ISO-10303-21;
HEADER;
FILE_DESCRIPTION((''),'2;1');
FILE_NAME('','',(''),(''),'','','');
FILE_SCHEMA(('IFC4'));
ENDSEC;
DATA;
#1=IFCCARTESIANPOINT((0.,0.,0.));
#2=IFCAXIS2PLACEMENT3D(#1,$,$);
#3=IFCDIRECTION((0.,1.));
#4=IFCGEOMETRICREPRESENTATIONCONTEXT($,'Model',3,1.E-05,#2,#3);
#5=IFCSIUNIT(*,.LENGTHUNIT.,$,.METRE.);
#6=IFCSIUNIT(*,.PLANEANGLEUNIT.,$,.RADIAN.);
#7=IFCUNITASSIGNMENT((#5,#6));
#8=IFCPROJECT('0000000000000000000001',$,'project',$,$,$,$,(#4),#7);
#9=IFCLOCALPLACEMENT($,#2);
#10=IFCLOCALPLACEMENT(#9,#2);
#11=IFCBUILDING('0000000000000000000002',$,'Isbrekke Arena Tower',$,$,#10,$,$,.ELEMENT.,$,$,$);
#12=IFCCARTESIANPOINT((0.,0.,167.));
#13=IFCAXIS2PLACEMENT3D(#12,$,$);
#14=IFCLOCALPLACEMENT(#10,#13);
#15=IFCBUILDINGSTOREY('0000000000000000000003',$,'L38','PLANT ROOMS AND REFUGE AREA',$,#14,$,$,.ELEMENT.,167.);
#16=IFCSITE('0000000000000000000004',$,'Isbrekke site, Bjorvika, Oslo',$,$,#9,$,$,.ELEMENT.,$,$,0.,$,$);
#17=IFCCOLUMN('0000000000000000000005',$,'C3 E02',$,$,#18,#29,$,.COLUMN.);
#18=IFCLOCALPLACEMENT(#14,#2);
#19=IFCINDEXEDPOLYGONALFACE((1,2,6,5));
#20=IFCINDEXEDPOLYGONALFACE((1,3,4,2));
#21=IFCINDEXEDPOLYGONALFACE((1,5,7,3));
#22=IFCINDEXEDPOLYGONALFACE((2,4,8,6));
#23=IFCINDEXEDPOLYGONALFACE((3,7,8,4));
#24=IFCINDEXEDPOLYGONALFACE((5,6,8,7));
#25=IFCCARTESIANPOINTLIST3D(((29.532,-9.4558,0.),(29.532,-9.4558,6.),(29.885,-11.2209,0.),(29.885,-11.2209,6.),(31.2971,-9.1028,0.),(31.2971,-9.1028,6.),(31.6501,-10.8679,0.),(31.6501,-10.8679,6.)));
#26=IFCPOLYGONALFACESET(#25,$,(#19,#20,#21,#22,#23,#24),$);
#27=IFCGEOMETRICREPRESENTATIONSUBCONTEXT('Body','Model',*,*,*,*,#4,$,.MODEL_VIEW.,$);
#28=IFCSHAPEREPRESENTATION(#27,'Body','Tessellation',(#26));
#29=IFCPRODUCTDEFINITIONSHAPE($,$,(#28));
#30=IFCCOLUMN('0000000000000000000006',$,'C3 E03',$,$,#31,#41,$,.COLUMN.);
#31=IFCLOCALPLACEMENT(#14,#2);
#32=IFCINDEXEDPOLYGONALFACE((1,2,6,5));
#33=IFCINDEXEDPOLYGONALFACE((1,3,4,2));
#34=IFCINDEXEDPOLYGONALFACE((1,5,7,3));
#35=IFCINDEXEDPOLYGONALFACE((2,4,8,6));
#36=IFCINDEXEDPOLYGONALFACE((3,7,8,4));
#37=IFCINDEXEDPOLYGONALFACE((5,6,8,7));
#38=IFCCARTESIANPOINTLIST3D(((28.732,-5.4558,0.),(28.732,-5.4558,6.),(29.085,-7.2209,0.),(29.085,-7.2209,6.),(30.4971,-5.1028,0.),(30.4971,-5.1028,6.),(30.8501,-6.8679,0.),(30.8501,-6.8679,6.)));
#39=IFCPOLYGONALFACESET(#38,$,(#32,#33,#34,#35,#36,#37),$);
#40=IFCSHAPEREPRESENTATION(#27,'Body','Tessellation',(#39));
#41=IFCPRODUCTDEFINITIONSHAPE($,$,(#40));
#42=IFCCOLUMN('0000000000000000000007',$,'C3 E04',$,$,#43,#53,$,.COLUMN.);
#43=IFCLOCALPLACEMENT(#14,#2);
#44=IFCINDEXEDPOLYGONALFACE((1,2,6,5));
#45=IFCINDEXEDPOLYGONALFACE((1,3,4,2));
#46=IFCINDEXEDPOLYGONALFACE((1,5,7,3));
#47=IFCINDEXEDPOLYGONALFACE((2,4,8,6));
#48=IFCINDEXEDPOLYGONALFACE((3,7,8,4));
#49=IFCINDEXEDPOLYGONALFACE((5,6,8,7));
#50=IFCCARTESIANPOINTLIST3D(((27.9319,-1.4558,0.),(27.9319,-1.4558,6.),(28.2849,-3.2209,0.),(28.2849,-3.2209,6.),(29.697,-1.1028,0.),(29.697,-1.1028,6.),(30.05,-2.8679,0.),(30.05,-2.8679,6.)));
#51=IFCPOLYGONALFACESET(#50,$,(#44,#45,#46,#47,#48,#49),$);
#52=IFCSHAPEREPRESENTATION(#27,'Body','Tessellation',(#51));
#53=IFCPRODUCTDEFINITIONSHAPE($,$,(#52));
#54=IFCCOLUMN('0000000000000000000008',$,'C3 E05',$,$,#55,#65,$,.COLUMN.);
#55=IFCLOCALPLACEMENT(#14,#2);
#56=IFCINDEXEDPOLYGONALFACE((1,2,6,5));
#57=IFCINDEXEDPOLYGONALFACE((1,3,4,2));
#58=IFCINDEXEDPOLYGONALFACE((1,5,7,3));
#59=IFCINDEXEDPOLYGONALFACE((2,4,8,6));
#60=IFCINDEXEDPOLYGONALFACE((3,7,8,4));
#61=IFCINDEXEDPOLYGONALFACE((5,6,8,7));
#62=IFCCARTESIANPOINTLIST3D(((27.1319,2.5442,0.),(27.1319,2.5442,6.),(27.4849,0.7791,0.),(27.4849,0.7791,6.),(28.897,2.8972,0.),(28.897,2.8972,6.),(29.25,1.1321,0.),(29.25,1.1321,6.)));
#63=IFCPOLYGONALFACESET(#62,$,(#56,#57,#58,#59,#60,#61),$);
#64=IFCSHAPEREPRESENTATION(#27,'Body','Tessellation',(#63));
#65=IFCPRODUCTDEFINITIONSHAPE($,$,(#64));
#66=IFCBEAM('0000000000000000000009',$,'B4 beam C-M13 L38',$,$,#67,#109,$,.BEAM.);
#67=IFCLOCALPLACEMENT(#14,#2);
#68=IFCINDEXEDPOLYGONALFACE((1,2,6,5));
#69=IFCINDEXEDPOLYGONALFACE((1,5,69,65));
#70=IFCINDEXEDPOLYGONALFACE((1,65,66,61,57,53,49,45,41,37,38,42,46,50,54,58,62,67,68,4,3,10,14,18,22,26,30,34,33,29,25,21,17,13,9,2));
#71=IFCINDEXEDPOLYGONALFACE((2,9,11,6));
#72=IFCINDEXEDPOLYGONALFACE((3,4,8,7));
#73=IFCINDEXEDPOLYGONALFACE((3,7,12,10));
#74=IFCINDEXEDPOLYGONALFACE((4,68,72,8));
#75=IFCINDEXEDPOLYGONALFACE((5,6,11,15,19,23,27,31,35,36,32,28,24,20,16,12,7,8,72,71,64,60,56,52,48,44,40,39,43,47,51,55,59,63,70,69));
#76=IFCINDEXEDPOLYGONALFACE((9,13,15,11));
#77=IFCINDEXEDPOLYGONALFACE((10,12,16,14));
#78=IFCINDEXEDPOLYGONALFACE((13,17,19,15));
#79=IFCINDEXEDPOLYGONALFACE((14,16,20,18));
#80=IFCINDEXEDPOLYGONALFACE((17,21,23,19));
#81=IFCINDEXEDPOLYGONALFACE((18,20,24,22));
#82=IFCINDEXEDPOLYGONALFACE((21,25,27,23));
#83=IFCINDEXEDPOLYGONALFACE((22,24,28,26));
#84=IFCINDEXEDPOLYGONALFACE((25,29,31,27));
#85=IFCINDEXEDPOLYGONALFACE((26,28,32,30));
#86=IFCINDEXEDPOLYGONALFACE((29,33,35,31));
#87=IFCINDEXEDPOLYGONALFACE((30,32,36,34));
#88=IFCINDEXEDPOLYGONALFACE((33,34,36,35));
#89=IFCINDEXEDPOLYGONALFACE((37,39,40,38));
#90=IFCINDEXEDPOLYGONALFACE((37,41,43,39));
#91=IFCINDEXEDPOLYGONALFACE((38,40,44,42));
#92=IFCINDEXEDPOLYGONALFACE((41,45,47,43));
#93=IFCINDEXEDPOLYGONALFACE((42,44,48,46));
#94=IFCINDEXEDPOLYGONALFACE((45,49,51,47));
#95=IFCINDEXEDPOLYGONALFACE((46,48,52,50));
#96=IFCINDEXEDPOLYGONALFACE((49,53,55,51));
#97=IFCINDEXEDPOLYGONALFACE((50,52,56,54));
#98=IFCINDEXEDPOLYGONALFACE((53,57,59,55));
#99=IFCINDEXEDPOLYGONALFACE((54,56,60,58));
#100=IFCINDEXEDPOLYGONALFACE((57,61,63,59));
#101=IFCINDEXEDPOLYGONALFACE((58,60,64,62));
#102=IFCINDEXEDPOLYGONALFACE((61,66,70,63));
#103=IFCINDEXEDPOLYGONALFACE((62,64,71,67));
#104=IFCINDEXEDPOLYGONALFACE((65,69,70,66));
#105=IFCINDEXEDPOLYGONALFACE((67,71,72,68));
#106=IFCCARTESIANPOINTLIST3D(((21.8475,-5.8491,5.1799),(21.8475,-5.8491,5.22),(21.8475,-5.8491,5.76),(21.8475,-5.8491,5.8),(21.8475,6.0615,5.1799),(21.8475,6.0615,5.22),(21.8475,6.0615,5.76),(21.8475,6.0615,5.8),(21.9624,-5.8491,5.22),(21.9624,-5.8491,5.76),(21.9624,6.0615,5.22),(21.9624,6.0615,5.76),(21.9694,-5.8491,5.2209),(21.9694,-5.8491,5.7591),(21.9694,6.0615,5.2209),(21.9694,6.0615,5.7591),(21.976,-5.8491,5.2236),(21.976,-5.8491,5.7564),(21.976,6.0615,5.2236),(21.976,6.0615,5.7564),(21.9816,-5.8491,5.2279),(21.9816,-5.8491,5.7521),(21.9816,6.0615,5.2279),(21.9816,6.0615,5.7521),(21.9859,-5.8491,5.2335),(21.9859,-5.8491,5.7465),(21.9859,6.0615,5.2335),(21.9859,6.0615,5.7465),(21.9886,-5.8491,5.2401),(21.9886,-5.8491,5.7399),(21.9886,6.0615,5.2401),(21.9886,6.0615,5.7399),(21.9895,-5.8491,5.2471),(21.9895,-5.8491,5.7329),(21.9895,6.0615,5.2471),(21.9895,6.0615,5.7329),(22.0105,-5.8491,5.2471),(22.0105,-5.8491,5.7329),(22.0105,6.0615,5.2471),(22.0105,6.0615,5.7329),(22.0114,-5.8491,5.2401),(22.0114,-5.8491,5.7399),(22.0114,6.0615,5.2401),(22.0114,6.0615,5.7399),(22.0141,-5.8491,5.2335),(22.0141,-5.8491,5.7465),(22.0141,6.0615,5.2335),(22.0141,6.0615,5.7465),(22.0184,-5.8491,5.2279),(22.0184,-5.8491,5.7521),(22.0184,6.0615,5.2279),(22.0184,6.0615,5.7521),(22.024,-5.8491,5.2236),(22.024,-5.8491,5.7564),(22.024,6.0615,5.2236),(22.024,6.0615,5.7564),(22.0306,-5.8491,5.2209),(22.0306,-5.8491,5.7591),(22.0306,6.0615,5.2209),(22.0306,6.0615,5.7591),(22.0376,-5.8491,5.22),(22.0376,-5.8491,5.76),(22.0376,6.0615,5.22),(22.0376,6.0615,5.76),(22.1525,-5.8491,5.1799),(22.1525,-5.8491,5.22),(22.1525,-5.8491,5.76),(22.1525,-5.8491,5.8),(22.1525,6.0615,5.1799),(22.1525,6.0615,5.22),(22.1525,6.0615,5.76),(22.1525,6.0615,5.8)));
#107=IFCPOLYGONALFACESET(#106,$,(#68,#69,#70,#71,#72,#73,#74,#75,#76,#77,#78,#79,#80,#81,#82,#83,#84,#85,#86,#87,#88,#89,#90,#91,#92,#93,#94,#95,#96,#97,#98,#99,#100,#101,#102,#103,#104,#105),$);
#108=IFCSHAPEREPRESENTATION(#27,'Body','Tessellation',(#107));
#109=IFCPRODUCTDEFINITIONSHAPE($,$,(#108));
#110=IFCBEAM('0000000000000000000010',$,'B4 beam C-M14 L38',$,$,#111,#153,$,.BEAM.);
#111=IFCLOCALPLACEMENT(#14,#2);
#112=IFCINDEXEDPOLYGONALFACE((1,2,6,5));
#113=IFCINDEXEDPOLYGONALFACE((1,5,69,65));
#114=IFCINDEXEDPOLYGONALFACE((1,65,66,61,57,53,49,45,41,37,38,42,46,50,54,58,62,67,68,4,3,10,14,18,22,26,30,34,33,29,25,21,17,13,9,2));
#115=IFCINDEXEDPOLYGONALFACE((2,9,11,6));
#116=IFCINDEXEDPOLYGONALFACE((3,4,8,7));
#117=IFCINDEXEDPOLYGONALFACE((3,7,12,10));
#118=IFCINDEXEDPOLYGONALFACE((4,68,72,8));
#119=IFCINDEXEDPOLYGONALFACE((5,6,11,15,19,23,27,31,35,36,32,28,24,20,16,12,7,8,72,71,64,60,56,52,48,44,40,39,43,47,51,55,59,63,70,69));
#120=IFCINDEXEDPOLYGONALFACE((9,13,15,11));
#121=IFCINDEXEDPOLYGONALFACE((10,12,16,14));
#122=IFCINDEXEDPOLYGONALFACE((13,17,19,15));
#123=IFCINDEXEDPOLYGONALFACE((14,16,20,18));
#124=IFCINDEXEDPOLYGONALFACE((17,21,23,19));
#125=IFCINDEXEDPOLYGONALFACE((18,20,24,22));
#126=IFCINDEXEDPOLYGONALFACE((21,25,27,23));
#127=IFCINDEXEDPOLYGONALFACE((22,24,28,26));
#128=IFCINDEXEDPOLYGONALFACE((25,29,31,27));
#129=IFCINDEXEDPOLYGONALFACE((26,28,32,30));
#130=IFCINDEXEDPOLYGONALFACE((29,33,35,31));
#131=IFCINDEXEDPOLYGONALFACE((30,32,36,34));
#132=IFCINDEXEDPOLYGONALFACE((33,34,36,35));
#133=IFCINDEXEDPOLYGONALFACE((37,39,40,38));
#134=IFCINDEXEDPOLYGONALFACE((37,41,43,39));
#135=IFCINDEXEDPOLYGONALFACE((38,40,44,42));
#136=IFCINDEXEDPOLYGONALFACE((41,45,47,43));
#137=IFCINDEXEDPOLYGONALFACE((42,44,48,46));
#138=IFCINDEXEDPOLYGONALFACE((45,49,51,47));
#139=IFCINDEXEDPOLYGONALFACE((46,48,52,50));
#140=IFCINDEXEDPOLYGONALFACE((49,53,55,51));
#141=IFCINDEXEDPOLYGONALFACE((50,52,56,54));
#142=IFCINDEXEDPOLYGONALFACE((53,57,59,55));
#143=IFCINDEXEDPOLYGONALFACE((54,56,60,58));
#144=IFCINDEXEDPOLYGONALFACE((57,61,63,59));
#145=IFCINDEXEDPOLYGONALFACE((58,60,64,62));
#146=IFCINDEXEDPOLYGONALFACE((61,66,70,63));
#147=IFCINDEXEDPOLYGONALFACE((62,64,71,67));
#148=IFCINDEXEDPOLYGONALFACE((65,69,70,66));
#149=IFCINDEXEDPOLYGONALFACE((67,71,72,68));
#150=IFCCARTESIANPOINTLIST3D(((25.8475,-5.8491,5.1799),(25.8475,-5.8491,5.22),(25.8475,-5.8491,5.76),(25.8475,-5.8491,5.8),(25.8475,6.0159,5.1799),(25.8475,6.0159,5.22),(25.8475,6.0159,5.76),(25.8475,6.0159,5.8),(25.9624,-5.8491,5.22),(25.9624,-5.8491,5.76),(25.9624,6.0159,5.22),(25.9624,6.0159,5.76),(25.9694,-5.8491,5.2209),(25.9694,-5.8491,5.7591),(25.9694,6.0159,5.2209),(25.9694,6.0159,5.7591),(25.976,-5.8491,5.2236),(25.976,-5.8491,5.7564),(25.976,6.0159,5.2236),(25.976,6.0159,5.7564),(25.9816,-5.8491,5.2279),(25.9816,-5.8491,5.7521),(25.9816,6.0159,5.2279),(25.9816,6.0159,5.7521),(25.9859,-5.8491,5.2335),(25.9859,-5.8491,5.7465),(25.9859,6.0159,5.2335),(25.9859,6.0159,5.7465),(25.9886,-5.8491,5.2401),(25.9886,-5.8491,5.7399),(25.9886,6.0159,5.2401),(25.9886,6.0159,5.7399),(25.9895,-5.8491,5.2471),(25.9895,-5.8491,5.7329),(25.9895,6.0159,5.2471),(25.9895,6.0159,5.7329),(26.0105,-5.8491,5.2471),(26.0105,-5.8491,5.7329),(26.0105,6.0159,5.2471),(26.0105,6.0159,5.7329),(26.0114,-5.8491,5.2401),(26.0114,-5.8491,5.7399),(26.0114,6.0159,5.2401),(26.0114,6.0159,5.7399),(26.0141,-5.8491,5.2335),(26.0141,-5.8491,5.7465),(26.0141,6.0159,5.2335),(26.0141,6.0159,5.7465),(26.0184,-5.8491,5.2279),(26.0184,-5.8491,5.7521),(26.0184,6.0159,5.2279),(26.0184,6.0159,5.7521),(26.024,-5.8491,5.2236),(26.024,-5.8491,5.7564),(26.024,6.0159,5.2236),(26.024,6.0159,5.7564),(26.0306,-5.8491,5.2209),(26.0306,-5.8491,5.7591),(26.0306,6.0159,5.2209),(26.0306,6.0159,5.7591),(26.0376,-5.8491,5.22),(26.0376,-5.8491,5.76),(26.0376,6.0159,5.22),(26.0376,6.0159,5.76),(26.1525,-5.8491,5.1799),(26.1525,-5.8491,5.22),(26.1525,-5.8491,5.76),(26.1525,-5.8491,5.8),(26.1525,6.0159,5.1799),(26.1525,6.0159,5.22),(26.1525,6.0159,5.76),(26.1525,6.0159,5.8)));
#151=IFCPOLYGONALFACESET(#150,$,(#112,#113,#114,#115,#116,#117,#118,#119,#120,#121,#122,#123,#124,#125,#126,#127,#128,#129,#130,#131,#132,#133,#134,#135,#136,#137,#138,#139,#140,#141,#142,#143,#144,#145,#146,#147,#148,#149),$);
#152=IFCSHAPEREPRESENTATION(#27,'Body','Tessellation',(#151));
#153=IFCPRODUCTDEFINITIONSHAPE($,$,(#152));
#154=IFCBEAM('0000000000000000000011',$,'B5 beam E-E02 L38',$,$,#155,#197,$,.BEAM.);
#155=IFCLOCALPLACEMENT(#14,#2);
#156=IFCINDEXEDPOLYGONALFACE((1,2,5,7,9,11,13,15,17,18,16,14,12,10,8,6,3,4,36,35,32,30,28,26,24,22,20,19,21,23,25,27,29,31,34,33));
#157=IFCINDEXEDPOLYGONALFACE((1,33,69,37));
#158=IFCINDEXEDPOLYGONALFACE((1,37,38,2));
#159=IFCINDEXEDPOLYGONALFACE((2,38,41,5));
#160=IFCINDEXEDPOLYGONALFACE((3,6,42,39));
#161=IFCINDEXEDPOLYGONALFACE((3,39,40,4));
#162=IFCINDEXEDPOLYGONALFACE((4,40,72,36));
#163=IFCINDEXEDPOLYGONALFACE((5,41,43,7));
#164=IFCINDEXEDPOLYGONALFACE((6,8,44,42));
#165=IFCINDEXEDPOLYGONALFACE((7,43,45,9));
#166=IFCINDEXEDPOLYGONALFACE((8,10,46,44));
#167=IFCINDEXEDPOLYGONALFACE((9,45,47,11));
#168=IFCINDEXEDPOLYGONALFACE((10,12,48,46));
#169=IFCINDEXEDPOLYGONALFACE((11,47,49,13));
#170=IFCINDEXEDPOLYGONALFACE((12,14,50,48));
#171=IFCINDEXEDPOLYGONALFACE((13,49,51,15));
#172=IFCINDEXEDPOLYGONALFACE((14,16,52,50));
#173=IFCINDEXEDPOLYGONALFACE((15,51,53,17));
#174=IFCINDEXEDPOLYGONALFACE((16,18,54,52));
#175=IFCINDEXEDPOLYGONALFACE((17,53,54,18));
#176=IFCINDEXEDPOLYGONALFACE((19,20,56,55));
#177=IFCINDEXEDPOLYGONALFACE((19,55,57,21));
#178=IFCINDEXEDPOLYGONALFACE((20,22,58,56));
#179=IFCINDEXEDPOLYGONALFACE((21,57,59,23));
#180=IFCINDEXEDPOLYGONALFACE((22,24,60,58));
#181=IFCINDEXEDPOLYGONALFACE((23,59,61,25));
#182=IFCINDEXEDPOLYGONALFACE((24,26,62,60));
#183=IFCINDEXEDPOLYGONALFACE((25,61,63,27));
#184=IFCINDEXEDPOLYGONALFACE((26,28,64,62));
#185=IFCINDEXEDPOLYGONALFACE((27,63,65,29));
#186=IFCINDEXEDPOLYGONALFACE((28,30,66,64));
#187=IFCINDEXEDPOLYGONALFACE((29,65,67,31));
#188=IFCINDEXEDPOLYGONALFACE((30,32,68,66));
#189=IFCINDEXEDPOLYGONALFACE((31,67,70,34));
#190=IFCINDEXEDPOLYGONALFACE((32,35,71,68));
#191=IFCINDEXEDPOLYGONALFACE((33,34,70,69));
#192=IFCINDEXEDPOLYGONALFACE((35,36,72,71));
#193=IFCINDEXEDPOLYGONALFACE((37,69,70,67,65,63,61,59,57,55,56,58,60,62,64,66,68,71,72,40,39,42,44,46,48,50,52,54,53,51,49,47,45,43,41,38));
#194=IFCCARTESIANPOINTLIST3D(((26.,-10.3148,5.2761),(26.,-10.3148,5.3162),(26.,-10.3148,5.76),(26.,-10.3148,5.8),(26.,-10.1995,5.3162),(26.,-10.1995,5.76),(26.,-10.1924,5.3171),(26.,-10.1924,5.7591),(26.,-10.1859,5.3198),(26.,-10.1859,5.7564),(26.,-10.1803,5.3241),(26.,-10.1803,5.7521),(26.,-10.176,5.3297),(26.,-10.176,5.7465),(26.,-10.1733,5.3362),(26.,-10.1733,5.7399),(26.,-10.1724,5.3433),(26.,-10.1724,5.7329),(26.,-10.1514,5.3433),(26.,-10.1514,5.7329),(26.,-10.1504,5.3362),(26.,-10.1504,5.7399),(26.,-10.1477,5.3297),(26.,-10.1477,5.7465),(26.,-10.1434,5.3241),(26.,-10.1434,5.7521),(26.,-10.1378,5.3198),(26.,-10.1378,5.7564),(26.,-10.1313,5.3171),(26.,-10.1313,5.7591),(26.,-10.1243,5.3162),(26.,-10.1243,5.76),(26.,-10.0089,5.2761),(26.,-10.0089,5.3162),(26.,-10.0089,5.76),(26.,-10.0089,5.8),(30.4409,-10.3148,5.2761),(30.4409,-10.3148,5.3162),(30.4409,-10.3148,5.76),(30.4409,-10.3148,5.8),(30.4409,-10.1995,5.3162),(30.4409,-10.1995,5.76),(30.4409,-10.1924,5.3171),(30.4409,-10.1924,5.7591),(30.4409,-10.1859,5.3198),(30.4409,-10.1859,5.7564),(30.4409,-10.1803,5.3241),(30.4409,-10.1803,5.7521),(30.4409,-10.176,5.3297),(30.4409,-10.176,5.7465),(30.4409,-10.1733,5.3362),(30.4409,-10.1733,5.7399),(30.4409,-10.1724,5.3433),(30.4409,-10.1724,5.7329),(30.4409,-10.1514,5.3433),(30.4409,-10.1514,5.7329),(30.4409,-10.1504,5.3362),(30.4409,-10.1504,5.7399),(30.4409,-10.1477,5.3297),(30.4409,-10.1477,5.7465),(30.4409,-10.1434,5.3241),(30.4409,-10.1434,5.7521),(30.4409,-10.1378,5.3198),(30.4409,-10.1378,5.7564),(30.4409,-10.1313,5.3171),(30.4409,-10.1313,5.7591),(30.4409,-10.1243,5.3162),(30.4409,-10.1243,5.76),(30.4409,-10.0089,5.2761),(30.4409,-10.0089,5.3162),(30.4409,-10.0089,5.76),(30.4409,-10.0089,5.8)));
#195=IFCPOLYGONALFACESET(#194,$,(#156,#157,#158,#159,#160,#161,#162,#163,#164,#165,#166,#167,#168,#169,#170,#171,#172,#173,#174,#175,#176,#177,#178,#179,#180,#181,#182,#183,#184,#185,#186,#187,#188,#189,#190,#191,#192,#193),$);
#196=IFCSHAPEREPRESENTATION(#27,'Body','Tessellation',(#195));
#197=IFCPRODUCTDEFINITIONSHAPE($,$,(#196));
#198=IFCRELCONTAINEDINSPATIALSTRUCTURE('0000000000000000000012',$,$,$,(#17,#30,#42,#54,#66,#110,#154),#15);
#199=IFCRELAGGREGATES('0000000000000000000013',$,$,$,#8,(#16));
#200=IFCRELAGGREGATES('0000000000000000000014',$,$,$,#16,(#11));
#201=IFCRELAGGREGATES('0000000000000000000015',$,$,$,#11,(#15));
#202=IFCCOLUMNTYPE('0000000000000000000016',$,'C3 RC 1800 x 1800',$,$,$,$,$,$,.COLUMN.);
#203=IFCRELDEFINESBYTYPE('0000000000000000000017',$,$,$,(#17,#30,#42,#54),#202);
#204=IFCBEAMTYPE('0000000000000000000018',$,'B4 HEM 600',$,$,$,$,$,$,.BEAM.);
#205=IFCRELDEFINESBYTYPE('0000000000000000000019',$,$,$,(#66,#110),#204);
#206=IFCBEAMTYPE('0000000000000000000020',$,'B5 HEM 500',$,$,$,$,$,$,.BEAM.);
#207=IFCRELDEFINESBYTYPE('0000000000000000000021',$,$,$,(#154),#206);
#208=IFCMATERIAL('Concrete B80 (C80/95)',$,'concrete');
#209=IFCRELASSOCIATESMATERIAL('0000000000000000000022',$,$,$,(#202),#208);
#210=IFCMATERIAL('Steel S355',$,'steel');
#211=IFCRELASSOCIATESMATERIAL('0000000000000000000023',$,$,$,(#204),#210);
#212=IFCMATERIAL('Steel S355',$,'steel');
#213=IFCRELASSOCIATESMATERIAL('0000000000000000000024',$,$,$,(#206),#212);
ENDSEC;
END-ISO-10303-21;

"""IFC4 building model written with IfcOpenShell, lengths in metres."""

from ifc_helpers import new_model, si_unit, direction, frame, origin, origin_2d, place, context, subcontext, project, spatial, rectangle, i_section, extrude, material, material_profile, profile_set, type_object, element, save


model = new_model("IFC4")

# Units and contexts
model_context = context("Model", 3, precision=1e-05, world=origin(), true_north=direction((0.0, 1.0)))
body_context = subcontext(model_context, "Body", "Model", "MODEL_VIEW")
ifc_project = project(units=[si_unit("LENGTHUNIT", "METRE"), si_unit("PLANEANGLEUNIT", "RADIAN")], contexts=[model_context])

# Site, building, storey
site_placement = place(None, origin())
site = spatial("IfcSite", under=ifc_project, at=site_placement, Name="Isbrekke site, Bjorvika, Oslo", CompositionType="ELEMENT", RefElevation=0.0)
building_placement = place(site_placement, origin())
building = spatial("IfcBuilding", under=site, at=building_placement, Name="Isbrekke Arena Tower", CompositionType="ELEMENT")
storey_placement = place(building_placement, frame((0.0, 0.0, 167.0)))
storey = spatial("IfcBuildingStorey", under=building, at=storey_placement, Name="L38", Description="PLANT ROOMS AND REFUGE AREA", CompositionType="ELEMENT", Elevation=167.0)

# Columns
ifc_material_1 = material(Name="Concrete B80 (C80/95)", Category="concrete")
ifc_material_profile_1 = material_profile(ifc_material_1, rectangle(XDim=1.8, YDim=1.8, at=origin_2d()), Name="RC 1800x1800")
ifc_profile_set_1 = profile_set([ifc_material_profile_1], Name="Concrete B80 (C80/95)")
column_type = type_object("IfcColumnType", Name="C3 RC 1800 x 1800", PredefinedType="COLUMN", material=ifc_profile_set_1)
for number, where, z_axis, x_axis, name in (
    (1, (30.5911, -10.1619, 0.0), (0.0, 0.0, 1.0), (-0.196116, 0.980581, 0.0), "C3 E02"),
    (2, (29.791, -6.1619, 0.0), (0.0, 0.0, 1.0), (-0.196116, 0.980581, 0.0), "C3 E03"),
    (3, (28.991, -2.1619, 0.0), (0.0, 0.0, 1.0), (-0.196116, 0.980581, 0.0), "C3 E04"),
    (4, (28.1909, 1.8381, 0.0), (0.0, 0.0, 1.0), (-0.196116, 0.980581, 0.0), "C3 E05"),
):
    element("IfcColumn", number, at=place(storey_placement, frame(where, z_axis=z_axis, x_axis=x_axis)), inside=storey, type_object=column_type, Name=name, PredefinedType="COLUMN", context=body_context, shape_type="SweptSolid", body=[
        extrude(rectangle(XDim=1.8, YDim=1.8, at=origin_2d()), origin(), (0.0, 0.0, 1.0), 6.0),
    ])

# Beams
ifc_material_2 = material(Name="Steel S355", Category="steel")
ifc_material_profile_2 = material_profile(ifc_material_2, i_section(OverallWidth=0.3049, OverallDepth=0.6201, WebThickness=0.021, FlangeThickness=0.04, FilletRadius=0.0271, at=origin_2d()), Name="HEM 600")
ifc_profile_set_2 = profile_set([ifc_material_profile_2], Name="Steel S355")
beam_type_1 = type_object("IfcBeamType", Name="B4 HEM 600", PredefinedType="BEAM", material=ifc_profile_set_2)
beam_1_placement = place(storey_placement, frame((22.0, -5.8491, 5.49), z_axis=(0.0, 1.0, 0.0), x_axis=(-1.0, 0.0, 0.0)))
element("IfcBeam", 5, at=beam_1_placement, inside=storey, type_object=beam_type_1, Name="B4 beam C-M13 L38", PredefinedType="BEAM", context=body_context, shape_type="SweptSolid", body=[
    extrude(i_section(OverallWidth=0.3049, OverallDepth=0.6201, WebThickness=0.021, FlangeThickness=0.04, FilletRadius=0.0271, at=origin_2d()), origin(), (0.0, 0.0, 1.0), 11.9106),
])
beam_2_placement = place(storey_placement, frame((26.0, -5.8491, 5.49), z_axis=(0.0, 1.0, 0.0), x_axis=(-1.0, 0.0, 0.0)))
element("IfcBeam", 6, at=beam_2_placement, inside=storey, type_object=beam_type_1, Name="B4 beam C-M14 L38", PredefinedType="BEAM", context=body_context, shape_type="SweptSolid", body=[
    extrude(i_section(OverallWidth=0.3049, OverallDepth=0.6201, WebThickness=0.021, FlangeThickness=0.04, FilletRadius=0.0271, at=origin_2d()), origin(), (0.0, 0.0, 1.0), 11.865),
])
ifc_material_3 = material(Name="Steel S355", Category="steel")
ifc_material_profile_3 = material_profile(ifc_material_3, i_section(OverallWidth=0.3059, OverallDepth=0.5239, WebThickness=0.021, FlangeThickness=0.04, FilletRadius=0.0271, at=origin_2d()), Name="HEM 500")
ifc_profile_set_3 = profile_set([ifc_material_profile_3], Name="Steel S355")
beam_type_2 = type_object("IfcBeamType", Name="B5 HEM 500", PredefinedType="BEAM", material=ifc_profile_set_3)
beam_3_placement = place(storey_placement, frame((30.4409, -10.1619, 5.5381), z_axis=(-1.0, 0.0, 0.0), x_axis=(0.0, -1.0, 0.0)))
element("IfcBeam", 7, at=beam_3_placement, inside=storey, type_object=beam_type_2, Name="B5 beam E-E02 L38", PredefinedType="BEAM", context=body_context, shape_type="SweptSolid", body=[
    extrude(i_section(OverallWidth=0.3059, OverallDepth=0.5239, WebThickness=0.021, FlangeThickness=0.04, FilletRadius=0.0271, at=origin_2d()), origin(), (0.0, 0.0, 1.0), 4.4409),
])

save(model, "model.ifc")
